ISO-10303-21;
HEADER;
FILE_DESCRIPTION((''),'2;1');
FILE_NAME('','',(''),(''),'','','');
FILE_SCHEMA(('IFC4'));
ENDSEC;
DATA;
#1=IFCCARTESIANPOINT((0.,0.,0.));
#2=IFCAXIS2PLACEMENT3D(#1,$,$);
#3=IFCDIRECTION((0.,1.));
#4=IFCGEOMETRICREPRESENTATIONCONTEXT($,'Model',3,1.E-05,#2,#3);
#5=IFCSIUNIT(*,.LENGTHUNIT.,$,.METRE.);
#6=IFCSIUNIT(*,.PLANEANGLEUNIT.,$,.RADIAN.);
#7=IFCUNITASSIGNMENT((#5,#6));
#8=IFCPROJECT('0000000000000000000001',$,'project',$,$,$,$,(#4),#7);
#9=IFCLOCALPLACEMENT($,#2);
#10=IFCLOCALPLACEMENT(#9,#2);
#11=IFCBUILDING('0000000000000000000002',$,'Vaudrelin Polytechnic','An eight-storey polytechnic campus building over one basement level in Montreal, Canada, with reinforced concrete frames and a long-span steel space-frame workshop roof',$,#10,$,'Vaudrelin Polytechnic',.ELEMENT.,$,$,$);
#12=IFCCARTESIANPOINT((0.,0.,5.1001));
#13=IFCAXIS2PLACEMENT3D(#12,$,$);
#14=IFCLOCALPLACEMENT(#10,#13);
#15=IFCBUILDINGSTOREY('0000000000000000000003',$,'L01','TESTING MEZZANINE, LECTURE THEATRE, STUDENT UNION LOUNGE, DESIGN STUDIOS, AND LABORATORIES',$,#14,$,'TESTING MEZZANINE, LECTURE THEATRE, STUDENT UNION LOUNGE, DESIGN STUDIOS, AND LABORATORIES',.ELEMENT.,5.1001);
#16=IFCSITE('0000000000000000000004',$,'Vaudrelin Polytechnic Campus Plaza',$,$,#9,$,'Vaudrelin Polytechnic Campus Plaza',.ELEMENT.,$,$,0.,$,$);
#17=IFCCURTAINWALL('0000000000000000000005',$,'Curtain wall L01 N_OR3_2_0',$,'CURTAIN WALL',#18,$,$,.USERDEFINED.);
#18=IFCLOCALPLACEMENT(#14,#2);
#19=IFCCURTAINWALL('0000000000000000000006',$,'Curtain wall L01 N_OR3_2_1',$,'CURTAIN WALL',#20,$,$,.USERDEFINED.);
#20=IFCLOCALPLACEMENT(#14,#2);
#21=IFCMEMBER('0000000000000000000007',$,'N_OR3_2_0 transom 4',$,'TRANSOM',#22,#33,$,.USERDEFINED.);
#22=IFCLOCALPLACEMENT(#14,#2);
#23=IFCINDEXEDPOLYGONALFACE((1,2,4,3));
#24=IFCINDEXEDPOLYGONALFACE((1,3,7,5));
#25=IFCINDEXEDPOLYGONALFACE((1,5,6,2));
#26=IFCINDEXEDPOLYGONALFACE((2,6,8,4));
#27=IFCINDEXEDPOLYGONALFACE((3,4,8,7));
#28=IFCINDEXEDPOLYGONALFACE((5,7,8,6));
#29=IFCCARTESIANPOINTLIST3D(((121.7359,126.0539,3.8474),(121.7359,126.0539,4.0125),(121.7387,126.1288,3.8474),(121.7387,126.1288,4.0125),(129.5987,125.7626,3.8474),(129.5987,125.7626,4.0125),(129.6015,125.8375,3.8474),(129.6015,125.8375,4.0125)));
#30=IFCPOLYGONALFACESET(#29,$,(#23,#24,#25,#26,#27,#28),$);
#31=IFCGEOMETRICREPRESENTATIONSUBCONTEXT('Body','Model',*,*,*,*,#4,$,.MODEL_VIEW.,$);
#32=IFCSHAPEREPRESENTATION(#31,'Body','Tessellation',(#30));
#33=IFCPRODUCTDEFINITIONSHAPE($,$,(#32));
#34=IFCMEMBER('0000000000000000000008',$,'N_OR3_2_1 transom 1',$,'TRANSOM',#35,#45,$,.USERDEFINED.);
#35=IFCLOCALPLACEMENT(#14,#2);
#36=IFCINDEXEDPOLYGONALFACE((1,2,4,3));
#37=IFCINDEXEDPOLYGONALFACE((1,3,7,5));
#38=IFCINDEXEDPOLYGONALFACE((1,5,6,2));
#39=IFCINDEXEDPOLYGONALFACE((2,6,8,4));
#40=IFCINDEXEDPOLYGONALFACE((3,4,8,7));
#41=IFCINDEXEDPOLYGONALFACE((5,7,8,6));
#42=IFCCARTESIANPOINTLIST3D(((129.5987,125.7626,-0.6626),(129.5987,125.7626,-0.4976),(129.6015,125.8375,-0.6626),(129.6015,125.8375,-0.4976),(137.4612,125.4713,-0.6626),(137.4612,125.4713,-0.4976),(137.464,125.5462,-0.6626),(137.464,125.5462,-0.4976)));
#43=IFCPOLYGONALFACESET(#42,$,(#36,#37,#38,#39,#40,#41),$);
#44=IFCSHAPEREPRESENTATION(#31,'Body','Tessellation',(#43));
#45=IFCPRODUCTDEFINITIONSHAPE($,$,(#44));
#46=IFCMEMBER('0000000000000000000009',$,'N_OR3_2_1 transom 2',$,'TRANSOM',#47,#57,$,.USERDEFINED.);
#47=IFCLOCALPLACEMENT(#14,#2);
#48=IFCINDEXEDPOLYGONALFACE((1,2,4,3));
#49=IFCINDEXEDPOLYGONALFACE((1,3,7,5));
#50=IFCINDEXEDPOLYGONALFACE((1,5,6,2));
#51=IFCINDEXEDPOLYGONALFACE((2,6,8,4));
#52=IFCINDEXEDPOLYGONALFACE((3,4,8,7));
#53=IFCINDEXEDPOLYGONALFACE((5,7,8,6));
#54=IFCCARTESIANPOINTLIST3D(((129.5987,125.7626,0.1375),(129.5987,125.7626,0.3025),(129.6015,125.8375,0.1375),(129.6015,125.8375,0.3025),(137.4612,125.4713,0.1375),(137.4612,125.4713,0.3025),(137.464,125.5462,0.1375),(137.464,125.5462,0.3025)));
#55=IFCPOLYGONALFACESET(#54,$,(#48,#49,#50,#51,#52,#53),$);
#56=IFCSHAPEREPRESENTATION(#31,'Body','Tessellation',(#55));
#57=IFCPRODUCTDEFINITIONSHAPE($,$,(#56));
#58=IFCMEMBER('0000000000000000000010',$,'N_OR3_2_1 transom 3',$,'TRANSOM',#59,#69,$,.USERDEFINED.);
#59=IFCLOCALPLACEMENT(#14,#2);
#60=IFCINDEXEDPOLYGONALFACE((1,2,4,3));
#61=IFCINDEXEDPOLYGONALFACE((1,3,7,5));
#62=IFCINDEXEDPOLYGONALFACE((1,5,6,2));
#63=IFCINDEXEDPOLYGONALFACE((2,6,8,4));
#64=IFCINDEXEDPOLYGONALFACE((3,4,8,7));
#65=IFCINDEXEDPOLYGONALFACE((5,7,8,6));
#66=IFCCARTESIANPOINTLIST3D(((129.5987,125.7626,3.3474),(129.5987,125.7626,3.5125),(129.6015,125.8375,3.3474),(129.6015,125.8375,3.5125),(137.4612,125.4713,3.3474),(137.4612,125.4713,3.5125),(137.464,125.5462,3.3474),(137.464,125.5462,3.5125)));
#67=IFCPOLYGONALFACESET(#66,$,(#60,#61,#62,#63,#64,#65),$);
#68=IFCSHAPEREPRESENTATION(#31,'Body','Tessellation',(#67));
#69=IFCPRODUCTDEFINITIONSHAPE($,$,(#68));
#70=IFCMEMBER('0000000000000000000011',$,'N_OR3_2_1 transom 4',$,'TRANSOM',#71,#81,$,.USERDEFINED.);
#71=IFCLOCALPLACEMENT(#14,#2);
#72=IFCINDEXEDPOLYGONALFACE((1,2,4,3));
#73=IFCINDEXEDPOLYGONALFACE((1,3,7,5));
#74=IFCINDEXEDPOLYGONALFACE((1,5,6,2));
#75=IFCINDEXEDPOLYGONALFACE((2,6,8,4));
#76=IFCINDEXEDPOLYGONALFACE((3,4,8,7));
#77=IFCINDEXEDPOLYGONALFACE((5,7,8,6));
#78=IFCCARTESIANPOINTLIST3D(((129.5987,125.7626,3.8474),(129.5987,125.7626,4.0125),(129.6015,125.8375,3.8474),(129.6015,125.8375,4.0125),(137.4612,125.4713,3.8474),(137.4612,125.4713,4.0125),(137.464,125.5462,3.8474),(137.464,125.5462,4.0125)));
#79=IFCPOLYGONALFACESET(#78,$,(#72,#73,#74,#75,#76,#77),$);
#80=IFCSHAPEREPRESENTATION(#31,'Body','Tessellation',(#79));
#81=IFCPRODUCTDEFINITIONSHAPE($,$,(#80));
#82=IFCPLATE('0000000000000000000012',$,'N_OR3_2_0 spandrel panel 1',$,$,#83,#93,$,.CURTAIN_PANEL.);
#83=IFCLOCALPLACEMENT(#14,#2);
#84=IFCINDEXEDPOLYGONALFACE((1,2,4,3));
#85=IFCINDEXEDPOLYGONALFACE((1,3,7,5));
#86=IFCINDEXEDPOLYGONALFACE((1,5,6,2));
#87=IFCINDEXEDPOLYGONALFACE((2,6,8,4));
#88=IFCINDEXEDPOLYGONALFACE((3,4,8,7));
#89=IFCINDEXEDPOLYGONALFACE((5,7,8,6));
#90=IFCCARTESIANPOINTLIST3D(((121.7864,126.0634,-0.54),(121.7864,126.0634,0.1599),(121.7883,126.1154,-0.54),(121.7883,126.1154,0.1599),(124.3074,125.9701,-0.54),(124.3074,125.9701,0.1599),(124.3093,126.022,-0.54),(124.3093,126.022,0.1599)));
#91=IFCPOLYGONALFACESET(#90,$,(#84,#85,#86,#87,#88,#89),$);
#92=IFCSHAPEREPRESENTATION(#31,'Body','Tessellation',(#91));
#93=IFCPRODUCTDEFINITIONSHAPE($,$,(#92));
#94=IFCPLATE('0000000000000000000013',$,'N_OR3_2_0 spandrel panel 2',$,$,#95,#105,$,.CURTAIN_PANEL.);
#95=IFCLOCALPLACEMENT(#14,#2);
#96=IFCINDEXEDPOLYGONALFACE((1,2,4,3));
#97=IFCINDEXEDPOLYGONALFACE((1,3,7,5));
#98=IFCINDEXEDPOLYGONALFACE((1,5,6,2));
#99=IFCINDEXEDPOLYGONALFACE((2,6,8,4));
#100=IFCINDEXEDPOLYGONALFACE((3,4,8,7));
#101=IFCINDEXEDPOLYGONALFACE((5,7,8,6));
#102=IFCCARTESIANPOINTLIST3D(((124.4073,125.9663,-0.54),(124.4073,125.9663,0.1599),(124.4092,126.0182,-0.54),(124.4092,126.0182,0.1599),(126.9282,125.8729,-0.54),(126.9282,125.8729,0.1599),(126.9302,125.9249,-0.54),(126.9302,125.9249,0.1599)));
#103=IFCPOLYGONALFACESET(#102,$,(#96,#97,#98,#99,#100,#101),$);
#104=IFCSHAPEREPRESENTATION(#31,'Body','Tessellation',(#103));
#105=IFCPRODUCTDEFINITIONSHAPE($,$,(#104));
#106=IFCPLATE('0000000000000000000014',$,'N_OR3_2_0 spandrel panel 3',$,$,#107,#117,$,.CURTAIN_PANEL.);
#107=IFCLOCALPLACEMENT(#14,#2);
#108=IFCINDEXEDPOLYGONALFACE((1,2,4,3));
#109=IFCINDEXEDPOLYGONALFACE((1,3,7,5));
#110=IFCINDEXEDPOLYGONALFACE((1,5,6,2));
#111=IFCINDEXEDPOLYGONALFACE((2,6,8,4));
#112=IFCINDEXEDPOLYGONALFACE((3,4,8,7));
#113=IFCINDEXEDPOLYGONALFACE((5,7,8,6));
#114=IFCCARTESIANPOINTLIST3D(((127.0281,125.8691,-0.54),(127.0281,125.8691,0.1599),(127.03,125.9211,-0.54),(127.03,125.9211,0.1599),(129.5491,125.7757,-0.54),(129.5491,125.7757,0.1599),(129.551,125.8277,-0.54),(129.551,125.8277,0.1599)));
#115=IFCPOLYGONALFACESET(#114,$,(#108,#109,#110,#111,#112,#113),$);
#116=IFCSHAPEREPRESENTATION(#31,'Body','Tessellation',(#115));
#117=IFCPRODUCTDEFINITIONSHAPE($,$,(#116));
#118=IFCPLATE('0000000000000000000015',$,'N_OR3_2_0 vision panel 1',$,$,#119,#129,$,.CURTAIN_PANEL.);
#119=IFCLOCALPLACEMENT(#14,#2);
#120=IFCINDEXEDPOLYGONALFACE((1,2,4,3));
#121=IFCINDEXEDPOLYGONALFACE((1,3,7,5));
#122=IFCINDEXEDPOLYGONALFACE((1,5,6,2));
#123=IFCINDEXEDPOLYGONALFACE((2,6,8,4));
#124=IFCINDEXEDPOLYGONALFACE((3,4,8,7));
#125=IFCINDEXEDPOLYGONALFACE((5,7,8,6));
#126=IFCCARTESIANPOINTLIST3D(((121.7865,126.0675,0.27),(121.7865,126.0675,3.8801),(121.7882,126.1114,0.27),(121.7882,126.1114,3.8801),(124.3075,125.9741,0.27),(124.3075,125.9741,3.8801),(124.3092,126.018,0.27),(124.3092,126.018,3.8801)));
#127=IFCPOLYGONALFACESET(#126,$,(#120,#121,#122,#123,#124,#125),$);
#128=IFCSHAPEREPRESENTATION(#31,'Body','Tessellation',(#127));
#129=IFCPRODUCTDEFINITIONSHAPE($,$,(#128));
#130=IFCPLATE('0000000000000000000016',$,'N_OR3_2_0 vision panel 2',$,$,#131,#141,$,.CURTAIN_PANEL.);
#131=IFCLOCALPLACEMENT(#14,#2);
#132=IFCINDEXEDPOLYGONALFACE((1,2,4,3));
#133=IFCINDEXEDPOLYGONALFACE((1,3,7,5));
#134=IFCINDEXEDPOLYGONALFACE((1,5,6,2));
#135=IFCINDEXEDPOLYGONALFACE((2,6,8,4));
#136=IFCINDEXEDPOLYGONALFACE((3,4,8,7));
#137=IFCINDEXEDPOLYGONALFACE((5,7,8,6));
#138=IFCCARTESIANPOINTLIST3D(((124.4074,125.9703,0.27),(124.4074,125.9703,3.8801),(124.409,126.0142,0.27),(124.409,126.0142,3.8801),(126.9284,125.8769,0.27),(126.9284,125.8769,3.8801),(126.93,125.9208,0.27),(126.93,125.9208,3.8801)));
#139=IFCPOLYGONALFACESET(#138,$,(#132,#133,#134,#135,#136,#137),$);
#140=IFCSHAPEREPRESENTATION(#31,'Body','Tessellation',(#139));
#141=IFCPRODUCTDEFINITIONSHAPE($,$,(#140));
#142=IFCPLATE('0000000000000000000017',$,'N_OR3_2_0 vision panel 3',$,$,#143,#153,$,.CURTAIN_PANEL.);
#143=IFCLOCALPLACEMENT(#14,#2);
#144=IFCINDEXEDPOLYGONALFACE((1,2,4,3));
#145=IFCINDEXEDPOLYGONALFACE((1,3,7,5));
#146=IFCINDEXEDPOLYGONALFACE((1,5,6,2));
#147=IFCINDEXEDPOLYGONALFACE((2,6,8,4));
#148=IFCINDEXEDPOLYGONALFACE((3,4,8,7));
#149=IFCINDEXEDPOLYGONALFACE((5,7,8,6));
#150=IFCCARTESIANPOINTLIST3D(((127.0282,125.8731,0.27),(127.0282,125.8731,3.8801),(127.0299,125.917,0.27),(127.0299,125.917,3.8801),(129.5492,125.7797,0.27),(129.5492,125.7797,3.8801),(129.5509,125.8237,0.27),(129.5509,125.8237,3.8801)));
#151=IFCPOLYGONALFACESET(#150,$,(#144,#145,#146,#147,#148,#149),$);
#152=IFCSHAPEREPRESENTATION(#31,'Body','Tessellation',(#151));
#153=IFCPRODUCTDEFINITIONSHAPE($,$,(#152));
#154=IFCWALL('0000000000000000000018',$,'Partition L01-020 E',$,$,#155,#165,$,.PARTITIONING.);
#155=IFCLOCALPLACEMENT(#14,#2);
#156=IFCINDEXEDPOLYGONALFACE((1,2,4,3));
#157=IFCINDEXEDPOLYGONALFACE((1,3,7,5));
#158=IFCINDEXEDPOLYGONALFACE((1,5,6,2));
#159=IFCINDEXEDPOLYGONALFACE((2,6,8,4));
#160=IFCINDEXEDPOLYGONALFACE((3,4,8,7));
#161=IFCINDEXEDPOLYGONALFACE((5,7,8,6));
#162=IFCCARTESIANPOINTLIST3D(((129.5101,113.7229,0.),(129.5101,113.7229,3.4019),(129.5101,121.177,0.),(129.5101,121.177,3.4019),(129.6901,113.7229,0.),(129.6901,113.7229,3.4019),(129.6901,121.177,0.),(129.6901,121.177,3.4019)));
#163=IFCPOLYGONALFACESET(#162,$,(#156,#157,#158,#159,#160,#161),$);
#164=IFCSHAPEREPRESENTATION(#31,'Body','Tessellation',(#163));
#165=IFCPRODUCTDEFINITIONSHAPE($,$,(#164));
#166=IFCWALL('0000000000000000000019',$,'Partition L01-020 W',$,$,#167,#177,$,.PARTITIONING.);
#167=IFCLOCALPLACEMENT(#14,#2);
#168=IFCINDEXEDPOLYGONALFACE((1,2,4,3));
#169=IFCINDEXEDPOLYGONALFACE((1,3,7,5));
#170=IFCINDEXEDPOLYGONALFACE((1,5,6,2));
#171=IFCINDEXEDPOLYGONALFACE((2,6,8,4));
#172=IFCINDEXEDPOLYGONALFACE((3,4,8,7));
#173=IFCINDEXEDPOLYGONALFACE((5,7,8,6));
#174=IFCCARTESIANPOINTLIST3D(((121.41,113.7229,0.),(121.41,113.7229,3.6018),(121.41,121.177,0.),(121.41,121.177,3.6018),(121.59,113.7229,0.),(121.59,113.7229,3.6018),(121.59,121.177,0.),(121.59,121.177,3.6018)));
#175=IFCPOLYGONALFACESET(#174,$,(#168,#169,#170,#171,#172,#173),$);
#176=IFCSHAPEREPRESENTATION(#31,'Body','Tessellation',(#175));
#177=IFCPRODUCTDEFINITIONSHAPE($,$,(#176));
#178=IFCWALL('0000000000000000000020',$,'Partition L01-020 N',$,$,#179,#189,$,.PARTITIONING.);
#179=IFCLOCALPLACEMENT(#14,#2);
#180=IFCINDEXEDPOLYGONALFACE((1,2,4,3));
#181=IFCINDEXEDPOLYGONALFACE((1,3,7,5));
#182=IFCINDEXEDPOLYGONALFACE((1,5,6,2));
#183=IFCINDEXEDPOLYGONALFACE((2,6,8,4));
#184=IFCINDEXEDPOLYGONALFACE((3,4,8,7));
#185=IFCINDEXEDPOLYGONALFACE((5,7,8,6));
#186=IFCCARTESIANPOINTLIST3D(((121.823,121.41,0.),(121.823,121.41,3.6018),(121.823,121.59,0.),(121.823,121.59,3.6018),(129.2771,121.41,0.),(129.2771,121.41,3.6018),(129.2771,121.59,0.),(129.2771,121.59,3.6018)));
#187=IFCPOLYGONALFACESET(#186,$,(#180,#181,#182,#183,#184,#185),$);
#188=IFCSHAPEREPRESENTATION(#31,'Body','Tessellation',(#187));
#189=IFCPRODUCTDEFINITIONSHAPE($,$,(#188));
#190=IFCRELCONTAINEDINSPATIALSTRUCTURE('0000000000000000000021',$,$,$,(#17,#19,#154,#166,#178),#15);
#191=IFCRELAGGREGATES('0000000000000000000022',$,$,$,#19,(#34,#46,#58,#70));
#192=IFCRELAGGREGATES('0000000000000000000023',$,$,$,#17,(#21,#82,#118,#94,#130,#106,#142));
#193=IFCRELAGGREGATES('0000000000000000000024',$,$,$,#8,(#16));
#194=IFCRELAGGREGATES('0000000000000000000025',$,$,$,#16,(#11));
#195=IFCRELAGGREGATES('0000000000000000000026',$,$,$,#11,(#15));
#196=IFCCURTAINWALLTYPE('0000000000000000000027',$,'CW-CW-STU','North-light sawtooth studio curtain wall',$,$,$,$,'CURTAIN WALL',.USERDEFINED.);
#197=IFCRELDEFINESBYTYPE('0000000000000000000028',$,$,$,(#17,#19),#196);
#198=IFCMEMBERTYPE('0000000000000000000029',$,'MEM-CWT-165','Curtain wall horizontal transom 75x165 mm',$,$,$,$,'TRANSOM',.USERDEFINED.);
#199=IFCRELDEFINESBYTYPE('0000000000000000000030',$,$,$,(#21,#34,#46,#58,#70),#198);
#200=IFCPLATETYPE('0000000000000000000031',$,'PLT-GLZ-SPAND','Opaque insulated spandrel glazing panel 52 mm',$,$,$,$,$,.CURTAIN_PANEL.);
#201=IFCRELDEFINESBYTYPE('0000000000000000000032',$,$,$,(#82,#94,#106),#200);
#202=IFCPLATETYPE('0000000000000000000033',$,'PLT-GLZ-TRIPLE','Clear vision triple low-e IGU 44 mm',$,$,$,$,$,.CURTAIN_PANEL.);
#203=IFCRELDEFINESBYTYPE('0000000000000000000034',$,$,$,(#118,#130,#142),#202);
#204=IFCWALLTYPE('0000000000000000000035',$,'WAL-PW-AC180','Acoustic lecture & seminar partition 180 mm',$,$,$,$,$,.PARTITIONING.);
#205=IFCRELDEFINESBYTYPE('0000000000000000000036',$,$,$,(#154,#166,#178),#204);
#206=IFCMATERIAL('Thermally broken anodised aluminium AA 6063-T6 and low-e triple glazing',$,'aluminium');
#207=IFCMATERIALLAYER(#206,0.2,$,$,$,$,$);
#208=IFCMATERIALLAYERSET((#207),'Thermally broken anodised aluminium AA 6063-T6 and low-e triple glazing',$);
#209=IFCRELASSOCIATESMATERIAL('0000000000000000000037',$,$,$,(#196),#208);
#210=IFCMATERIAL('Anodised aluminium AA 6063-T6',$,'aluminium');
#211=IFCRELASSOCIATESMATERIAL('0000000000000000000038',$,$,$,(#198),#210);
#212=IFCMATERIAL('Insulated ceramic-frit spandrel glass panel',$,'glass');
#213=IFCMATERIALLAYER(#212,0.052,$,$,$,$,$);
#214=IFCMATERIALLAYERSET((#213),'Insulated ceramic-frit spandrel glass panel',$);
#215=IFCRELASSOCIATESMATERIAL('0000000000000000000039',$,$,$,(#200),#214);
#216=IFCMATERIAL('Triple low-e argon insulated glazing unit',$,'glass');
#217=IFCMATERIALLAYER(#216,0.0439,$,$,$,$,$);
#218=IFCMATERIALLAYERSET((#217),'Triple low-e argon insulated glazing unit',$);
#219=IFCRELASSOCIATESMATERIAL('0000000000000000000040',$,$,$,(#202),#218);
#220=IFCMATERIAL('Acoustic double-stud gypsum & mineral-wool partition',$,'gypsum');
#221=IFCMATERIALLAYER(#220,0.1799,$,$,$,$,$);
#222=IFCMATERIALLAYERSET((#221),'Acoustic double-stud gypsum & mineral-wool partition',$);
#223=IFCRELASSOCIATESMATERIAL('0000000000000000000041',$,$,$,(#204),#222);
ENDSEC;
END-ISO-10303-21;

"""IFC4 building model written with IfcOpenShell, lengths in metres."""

from ifc_helpers import new_model, si_unit, direction, frame, frame_2d, origin, origin_2d, place, context, subcontext, project, spatial, rectangle, extrude, material, layer, layer_set, material_profile, profile_set, type_object, element, aggregate, save


model = new_model("IFC4")

# Units and contexts
model_context = context("Model", 3, precision=1e-05, world=origin(), true_north=direction((0.0, 1.0)))
body_context = subcontext(model_context, "Body", "Model", "MODEL_VIEW")
ifc_project = project(units=[si_unit("LENGTHUNIT", "METRE"), si_unit("PLANEANGLEUNIT", "RADIAN")], contexts=[model_context])

# Site, building, storey
site_placement = place(None, origin())
site = spatial("IfcSite", under=ifc_project, at=site_placement, Name="Vaudrelin Polytechnic Campus Plaza", LongName="Vaudrelin Polytechnic Campus Plaza", CompositionType="ELEMENT", RefElevation=0.0)
building_placement = place(site_placement, origin())
building = spatial("IfcBuilding", under=site, at=building_placement, Name="Vaudrelin Polytechnic", Description="An eight-storey polytechnic campus building over one basement level in Montreal, Canada, with reinforced concrete frames and a long-span steel space-frame workshop roof", LongName="Vaudrelin Polytechnic", CompositionType="ELEMENT")
storey_placement = place(building_placement, frame((0.0, 0.0, 5.1001)))
storey = spatial("IfcBuildingStorey", under=building, at=storey_placement, Name="L01", Description="TESTING MEZZANINE, LECTURE THEATRE, STUDENT UNION LOUNGE, DESIGN STUDIOS, AND LABORATORIES", LongName="TESTING MEZZANINE, LECTURE THEATRE, STUDENT UNION LOUNGE, DESIGN STUDIOS, AND LABORATORIES", CompositionType="ELEMENT", Elevation=5.1001)

# Curtain wall
ifc_material_1 = material(Name="Thermally broken anodised aluminium AA 6063-T6 and low-e triple glazing", Category="aluminium")
ifc_layer_1 = layer(ifc_material_1, 0.2)
ifc_layer_set_1 = layer_set([ifc_layer_1], Name="Thermally broken anodised aluminium AA 6063-T6 and low-e triple glazing")
curtain_wall_type = type_object("IfcCurtainWallType", Name="CW-CW-STU", Description="North-light sawtooth studio curtain wall", ElementType="CURTAIN WALL", PredefinedType="USERDEFINED", material=ifc_layer_set_1)
curtain_wall_1_placement = place(storey_placement, origin())
curtain_wall_1 = element("IfcCurtainWall", 1, at=curtain_wall_1_placement, inside=storey, type_object=curtain_wall_type, Name="Curtain wall L01 N_OR3_2_0", ObjectType="CURTAIN WALL", PredefinedType="USERDEFINED")
ifc_material_2 = material(Name="Anodised aluminium AA 6063-T6", Category="aluminium")

# Curtain wall
curtain_wall_2_placement = place(storey_placement, origin())
curtain_wall_2 = element("IfcCurtainWall", 2, at=curtain_wall_2_placement, inside=storey, type_object=curtain_wall_type, Name="Curtain wall L01 N_OR3_2_1", ObjectType="CURTAIN WALL", PredefinedType="USERDEFINED")

# Members
ifc_material_profile_1 = material_profile(ifc_material_2, rectangle(XDim=0.075, YDim=0.165, at=origin_2d()), Name="CWT-75x165")
ifc_profile_set_1 = profile_set([ifc_material_profile_1], Name="Anodised aluminium AA 6063-T6")
member_type_1 = type_object("IfcMemberType", Name="MEM-CWT-165", Description="Curtain wall horizontal transom 75x165 mm", ElementType="TRANSOM", PredefinedType="USERDEFINED", material=ifc_profile_set_1)
member_1_placement = place(storey_placement, frame((121.7373, 126.0913, 3.9299), z_axis=(0.999315, -0.037017, 0.0), x_axis=(0.037017, 0.999315, 0.0)))
member_1 = element("IfcMember", 3, at=member_1_placement, type_object=member_type_1, Name="N_OR3_2_0 transom 4", ObjectType="TRANSOM", PredefinedType="USERDEFINED", context=body_context, shape_type="SweptSolid", body=[
    extrude(rectangle(XDim=0.075, YDim=0.165, at=origin_2d()), origin(), (0.0, 0.0, 1.0), 7.8682),
])
member_2_placement = place(storey_placement, frame((129.6001, 125.8, -0.5801), z_axis=(0.999315, -0.037019, 0.0), x_axis=(0.037019, 0.999315, 0.0)))
member_2 = element("IfcMember", 4, at=member_2_placement, type_object=member_type_1, Name="N_OR3_2_1 transom 1", ObjectType="TRANSOM", PredefinedType="USERDEFINED", context=body_context, shape_type="SweptSolid", body=[
    extrude(rectangle(XDim=0.075, YDim=0.165, at=origin_2d()), origin(), (0.0, 0.0, 1.0), 7.8679),
])
member_3_placement = place(storey_placement, frame((129.6001, 125.8, 0.22), z_axis=(0.999315, -0.037019, 0.0), x_axis=(0.037019, 0.999315, 0.0)))
member_3 = element("IfcMember", 5, at=member_3_placement, type_object=member_type_1, Name="N_OR3_2_1 transom 2", ObjectType="TRANSOM", PredefinedType="USERDEFINED", context=body_context, shape_type="SweptSolid", body=[
    extrude(rectangle(XDim=0.075, YDim=0.165, at=origin_2d()), origin(), (0.0, 0.0, 1.0), 7.8679),
])
member_4_placement = place(storey_placement, frame((129.6001, 125.8, 3.4299), z_axis=(0.999315, -0.037019, 0.0), x_axis=(0.037019, 0.999315, 0.0)))
member_4 = element("IfcMember", 6, at=member_4_placement, type_object=member_type_1, Name="N_OR3_2_1 transom 3", ObjectType="TRANSOM", PredefinedType="USERDEFINED", context=body_context, shape_type="SweptSolid", body=[
    extrude(rectangle(XDim=0.075, YDim=0.165, at=origin_2d()), origin(), (0.0, 0.0, 1.0), 7.8679),
])
member_5_placement = place(storey_placement, frame((129.6001, 125.8, 3.9299), z_axis=(0.999315, -0.037019, 0.0), x_axis=(0.037019, 0.999315, 0.0)))
member_5 = element("IfcMember", 7, at=member_5_placement, type_object=member_type_1, Name="N_OR3_2_1 transom 4", ObjectType="TRANSOM", PredefinedType="USERDEFINED", context=body_context, shape_type="SweptSolid", body=[
    extrude(rectangle(XDim=0.075, YDim=0.165, at=origin_2d()), origin(), (0.0, 0.0, 1.0), 7.8679),
])
aggregate(curtain_wall_2, [member_2, member_3, member_4, member_5])

# Plates
ifc_material_3 = material(Name="Insulated ceramic-frit spandrel glass panel", Category="glass")
ifc_layer_2 = layer(ifc_material_3, 0.052)
ifc_layer_set_2 = layer_set([ifc_layer_2], Name="Insulated ceramic-frit spandrel glass panel")
plate_type_1 = type_object("IfcPlateType", Name="PLT-GLZ-SPAND", Description="Opaque insulated spandrel glazing panel 52 mm", PredefinedType="CURTAIN_PANEL", material=ifc_layer_set_2)
plate_1_placement = place(storey_placement, frame((123.0479, 126.0427, -0.54), z_axis=(0.0, 0.0, 1.0), x_axis=(0.999315, -0.037011, 0.0)))
plate_1 = element("IfcPlate", 8, at=plate_1_placement, type_object=plate_type_1, Name="N_OR3_2_0 spandrel panel 1", PredefinedType="CURTAIN_PANEL", context=body_context, shape_type="SweptSolid", body=[
    extrude(rectangle(XDim=2.5227, YDim=0.052, at=origin_2d()), origin(), (0.0, 0.0, 1.0), 0.7),
])
plate_2_placement = place(storey_placement, frame((125.6687, 125.9456, -0.54), z_axis=(0.0, 0.0, 1.0), x_axis=(0.999315, -0.037011, 0.0)))
plate_2 = element("IfcPlate", 9, at=plate_2_placement, type_object=plate_type_1, Name="N_OR3_2_0 spandrel panel 2", PredefinedType="CURTAIN_PANEL", context=body_context, shape_type="SweptSolid", body=[
    extrude(rectangle(XDim=2.5227, YDim=0.052, at=origin_2d()), origin(), (0.0, 0.0, 1.0), 0.7),
])
plate_3_placement = place(storey_placement, frame((128.2896, 125.8484, -0.54), z_axis=(0.0, 0.0, 1.0), x_axis=(0.999315, -0.037011, 0.0)))
plate_3 = element("IfcPlate", 10, at=plate_3_placement, type_object=plate_type_1, Name="N_OR3_2_0 spandrel panel 3", PredefinedType="CURTAIN_PANEL", context=body_context, shape_type="SweptSolid", body=[
    extrude(rectangle(XDim=2.5227, YDim=0.052, at=origin_2d()), origin(), (0.0, 0.0, 1.0), 0.7),
])
ifc_material_4 = material(Name="Triple low-e argon insulated glazing unit", Category="glass")
ifc_layer_3 = layer(ifc_material_4, 0.0439)
ifc_layer_set_3 = layer_set([ifc_layer_3], Name="Triple low-e argon insulated glazing unit")
plate_type_2 = type_object("IfcPlateType", Name="PLT-GLZ-TRIPLE", Description="Clear vision triple low-e IGU 44 mm", PredefinedType="CURTAIN_PANEL", material=ifc_layer_set_3)
plate_4_placement = place(storey_placement, frame((123.0479, 126.0427, 0.27), z_axis=(0.0, 0.0, 1.0), x_axis=(0.999315, -0.037011, 0.0)))
plate_4 = element("IfcPlate", 11, at=plate_4_placement, type_object=plate_type_2, Name="N_OR3_2_0 vision panel 1", PredefinedType="CURTAIN_PANEL", context=body_context, shape_type="SweptSolid", body=[
    extrude(rectangle(XDim=2.5227, YDim=0.0439, at=origin_2d()), origin(), (0.0, 0.0, 1.0), 3.6101),
])
plate_5_placement = place(storey_placement, frame((125.6687, 125.9456, 0.27), z_axis=(0.0, 0.0, 1.0), x_axis=(0.999315, -0.037011, 0.0)))
plate_5 = element("IfcPlate", 12, at=plate_5_placement, type_object=plate_type_2, Name="N_OR3_2_0 vision panel 2", PredefinedType="CURTAIN_PANEL", context=body_context, shape_type="SweptSolid", body=[
    extrude(rectangle(XDim=2.5227, YDim=0.0439, at=origin_2d()), origin(), (0.0, 0.0, 1.0), 3.6101),
])
plate_6_placement = place(storey_placement, frame((128.2896, 125.8484, 0.27), z_axis=(0.0, 0.0, 1.0), x_axis=(0.999315, -0.037011, 0.0)))
plate_6 = element("IfcPlate", 13, at=plate_6_placement, type_object=plate_type_2, Name="N_OR3_2_0 vision panel 3", PredefinedType="CURTAIN_PANEL", context=body_context, shape_type="SweptSolid", body=[
    extrude(rectangle(XDim=2.5227, YDim=0.0439, at=origin_2d()), origin(), (0.0, 0.0, 1.0), 3.6101),
])
aggregate(curtain_wall_1, [member_1, plate_1, plate_4, plate_2, plate_5, plate_3, plate_6])

# Walls
ifc_material_5 = material(Name="Acoustic double-stud gypsum & mineral-wool partition", Category="gypsum")
ifc_layer_4 = layer(ifc_material_5, 0.1799)
ifc_layer_set_4 = layer_set([ifc_layer_4], Name="Acoustic double-stud gypsum & mineral-wool partition")
wall_type = type_object("IfcWallType", Name="WAL-PW-AC180", Description="Acoustic lecture & seminar partition 180 mm", PredefinedType="PARTITIONING", material=ifc_layer_set_4)
wall_placement = place(storey_placement, frame((129.6001, 113.7229, 0.0), z_axis=(0.0, 0.0, 1.0), x_axis=(0.0, 1.0, 0.0)))
element("IfcWall", 14, at=wall_placement, inside=storey, type_object=wall_type, Name="Partition L01-020 E", PredefinedType="PARTITIONING", context=body_context, shape_type="SweptSolid", body=[
    extrude(rectangle(XDim=7.4541, YDim=0.1799, at=frame_2d((3.7271, 0.0))), origin(), (0.0, 0.0, 1.0), 3.4019),
])
for number, where, z_axis, x_axis, name in (
    (15, (121.5, 113.7229, 0.0), (0.0, 0.0, 1.0), (0.0, 1.0, 0.0), "Partition L01-020 W"),
    (16, (121.823, 121.5, 0.0), (0.0, 0.0, 1.0), (1.0, 0.0, 0.0), "Partition L01-020 N"),
):
    element("IfcWall", number, at=place(storey_placement, frame(where, z_axis=z_axis, x_axis=x_axis)), inside=storey, type_object=wall_type, Name=name, PredefinedType="PARTITIONING", context=body_context, shape_type="SweptSolid", body=[
        extrude(rectangle(XDim=7.4541, YDim=0.1799, at=frame_2d((3.7271, 0.0))), origin(), (0.0, 0.0, 1.0), 3.6018),
    ])

save(model, "model.ifc")
